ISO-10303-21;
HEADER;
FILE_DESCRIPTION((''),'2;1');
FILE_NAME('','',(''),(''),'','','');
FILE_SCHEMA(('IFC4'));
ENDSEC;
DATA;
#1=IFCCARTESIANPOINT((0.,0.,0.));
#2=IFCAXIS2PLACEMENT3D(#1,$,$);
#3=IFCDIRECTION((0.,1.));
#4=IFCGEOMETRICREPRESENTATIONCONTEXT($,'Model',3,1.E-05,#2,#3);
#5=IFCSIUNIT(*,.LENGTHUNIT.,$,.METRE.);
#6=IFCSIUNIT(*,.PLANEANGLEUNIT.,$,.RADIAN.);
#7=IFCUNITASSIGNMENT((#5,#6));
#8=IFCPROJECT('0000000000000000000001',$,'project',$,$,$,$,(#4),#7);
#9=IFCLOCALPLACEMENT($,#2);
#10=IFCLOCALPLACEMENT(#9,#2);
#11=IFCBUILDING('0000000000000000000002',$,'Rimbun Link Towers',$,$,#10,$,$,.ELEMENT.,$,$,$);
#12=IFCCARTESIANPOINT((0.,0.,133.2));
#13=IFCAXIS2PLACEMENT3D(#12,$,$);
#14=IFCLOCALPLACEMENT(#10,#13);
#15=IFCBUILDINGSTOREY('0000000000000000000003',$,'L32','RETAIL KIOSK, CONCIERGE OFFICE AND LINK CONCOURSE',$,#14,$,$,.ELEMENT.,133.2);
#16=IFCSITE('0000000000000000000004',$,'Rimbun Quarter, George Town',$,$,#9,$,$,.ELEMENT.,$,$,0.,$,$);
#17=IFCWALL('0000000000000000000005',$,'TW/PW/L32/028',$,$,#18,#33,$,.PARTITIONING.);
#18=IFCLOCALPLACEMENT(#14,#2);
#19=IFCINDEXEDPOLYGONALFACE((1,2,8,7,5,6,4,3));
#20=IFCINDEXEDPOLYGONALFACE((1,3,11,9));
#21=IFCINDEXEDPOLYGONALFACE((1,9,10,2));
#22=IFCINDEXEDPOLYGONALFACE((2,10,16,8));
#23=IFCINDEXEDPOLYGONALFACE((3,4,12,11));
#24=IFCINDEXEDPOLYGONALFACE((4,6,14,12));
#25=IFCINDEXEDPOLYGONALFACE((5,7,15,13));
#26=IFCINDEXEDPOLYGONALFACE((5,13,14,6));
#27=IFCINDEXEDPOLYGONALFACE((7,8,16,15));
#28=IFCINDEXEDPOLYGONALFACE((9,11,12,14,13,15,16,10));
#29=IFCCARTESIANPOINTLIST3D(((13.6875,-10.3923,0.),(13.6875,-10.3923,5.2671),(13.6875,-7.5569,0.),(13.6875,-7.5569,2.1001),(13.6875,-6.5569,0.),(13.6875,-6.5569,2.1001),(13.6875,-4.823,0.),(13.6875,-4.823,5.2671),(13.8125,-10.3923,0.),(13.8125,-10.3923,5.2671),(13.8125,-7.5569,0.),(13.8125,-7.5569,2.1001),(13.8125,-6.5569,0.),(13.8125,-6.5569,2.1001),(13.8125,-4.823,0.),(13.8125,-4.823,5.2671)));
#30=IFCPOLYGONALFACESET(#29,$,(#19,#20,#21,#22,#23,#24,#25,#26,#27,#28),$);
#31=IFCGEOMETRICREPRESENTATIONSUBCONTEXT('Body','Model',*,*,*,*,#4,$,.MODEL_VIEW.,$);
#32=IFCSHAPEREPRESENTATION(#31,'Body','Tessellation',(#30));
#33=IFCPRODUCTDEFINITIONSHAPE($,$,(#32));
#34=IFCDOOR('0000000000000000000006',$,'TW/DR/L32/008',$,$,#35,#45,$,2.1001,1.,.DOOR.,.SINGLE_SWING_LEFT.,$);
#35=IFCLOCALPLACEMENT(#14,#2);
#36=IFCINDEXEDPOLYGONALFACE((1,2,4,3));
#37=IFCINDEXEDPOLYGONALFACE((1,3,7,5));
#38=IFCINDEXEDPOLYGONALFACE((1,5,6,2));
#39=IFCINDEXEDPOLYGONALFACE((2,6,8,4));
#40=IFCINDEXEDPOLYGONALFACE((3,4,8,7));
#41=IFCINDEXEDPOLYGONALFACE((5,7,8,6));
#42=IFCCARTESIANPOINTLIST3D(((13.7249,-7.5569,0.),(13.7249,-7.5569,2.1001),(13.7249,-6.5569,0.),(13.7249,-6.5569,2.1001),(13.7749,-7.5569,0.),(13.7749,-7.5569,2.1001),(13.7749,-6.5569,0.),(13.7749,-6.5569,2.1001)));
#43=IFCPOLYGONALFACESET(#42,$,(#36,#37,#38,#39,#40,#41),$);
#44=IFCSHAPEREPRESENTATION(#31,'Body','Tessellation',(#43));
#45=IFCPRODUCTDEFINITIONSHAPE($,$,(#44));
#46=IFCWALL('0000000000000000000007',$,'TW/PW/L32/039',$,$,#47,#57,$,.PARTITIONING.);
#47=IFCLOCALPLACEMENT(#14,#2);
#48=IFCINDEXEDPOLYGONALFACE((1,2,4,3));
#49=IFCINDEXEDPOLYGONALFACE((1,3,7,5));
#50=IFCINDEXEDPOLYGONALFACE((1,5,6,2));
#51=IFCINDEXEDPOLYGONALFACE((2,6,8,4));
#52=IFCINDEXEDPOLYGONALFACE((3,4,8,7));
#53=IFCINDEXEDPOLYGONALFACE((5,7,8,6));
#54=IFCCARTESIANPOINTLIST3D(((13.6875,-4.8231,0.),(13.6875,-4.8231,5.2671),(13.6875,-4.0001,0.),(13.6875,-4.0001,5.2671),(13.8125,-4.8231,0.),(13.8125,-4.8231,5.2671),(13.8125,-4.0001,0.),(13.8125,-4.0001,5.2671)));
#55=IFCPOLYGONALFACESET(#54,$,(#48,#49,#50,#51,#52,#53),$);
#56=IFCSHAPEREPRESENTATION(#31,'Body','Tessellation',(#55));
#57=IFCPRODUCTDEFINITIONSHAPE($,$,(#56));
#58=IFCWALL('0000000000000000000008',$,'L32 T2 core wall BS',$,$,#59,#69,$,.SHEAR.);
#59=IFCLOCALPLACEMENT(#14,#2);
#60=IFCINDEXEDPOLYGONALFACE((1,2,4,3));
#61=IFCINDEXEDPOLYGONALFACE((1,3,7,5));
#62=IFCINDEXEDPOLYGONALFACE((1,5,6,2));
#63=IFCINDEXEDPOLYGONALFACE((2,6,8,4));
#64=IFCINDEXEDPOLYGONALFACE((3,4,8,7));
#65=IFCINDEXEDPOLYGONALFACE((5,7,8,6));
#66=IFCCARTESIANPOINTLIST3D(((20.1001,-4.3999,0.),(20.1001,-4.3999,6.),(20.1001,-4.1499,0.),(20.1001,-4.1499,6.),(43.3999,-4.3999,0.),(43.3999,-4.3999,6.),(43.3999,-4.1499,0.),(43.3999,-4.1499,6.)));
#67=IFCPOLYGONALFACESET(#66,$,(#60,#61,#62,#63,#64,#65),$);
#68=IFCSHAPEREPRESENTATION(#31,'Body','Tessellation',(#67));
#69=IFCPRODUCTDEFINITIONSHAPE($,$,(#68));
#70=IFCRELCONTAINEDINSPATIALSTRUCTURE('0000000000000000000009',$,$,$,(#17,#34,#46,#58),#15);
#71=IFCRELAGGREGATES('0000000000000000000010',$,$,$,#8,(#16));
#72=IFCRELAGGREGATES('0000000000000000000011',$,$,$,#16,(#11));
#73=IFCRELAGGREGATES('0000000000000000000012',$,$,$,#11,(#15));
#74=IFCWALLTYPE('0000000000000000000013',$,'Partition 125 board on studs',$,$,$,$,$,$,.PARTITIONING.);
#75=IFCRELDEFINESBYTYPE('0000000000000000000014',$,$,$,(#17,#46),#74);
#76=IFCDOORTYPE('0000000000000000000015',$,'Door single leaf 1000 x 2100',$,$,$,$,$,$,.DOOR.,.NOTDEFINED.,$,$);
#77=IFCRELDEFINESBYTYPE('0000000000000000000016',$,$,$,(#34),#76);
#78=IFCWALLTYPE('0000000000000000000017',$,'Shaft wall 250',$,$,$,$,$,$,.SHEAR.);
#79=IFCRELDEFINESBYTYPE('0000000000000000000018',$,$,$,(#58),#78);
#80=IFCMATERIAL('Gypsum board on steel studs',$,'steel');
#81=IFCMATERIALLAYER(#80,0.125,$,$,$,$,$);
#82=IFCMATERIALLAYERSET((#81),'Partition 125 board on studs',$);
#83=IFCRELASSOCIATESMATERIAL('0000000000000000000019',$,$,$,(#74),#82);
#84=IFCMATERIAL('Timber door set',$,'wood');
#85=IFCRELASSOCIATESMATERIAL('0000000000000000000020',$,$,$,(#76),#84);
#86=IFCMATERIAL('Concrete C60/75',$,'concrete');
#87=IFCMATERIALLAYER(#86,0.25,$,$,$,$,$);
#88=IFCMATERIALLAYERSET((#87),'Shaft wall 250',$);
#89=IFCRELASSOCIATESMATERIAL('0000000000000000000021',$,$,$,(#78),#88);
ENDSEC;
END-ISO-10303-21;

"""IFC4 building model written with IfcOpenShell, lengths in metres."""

from ifc_helpers import new_model, si_unit, direction, frame, frame_2d, origin, place, context, subcontext, project, spatial, rectangle, extrude, material, layer, layer_set, type_object, element, fill, save


model = new_model("IFC4")

# Units and contexts
model_context = context("Model", 3, precision=1e-05, world=origin(), true_north=direction((0.0, 1.0)))
body_context = subcontext(model_context, "Body", "Model", "MODEL_VIEW")
ifc_project = project(units=[si_unit("LENGTHUNIT", "METRE"), si_unit("PLANEANGLEUNIT", "RADIAN")], contexts=[model_context])

# Site, building, storey
site_placement = place(None, origin())
site = spatial("IfcSite", under=ifc_project, at=site_placement, Name="Rimbun Quarter, George Town", CompositionType="ELEMENT", RefElevation=0.0)
building_placement = place(site_placement, origin())
building = spatial("IfcBuilding", under=site, at=building_placement, Name="Rimbun Link Towers", CompositionType="ELEMENT")
storey_placement = place(building_placement, frame((0.0, 0.0, 133.2)))
storey = spatial("IfcBuildingStorey", under=building, at=storey_placement, Name="L32", Description="RETAIL KIOSK, CONCIERGE OFFICE AND LINK CONCOURSE", CompositionType="ELEMENT", Elevation=133.2)

# Wall, opening, door
ifc_material_1 = material(Name="Gypsum board on steel studs", Category="steel")
ifc_layer_1 = layer(ifc_material_1, 0.125)
ifc_layer_set_1 = layer_set([ifc_layer_1], Name="Partition 125 board on studs")
wall_type_1 = type_object("IfcWallType", Name="Partition 125 board on studs", PredefinedType="PARTITIONING", material=ifc_layer_set_1)
wall_1_placement = place(storey_placement, frame((13.75, -4.823, 0.0), z_axis=(0.0, 0.0, 1.0), x_axis=(0.0, -1.0, 0.0)))
wall_1 = element("IfcWall", 1, at=wall_1_placement, inside=storey, type_object=wall_type_1, Name="TW/PW/L32/028", PredefinedType="PARTITIONING", context=body_context, shape_type="SweptSolid", body=[
    extrude(rectangle(XDim=5.5693, YDim=0.125, at=frame_2d((2.7847, 0.0))), origin(), (0.0, 0.0, 1.0), 5.2671),
])
opening_1_placement = place(wall_1_placement, frame((1.7339, 0.0, 0.0)))
opening_1 = element("IfcOpeningElement", 2, at=opening_1_placement, cuts=wall_1, PredefinedType="OPENING", context=body_context, shape_type="SweptSolid", body=[
    extrude(rectangle(XDim=1.0, YDim=2.1001, at=frame_2d((0.5, 1.05))), frame((0.0, 0.0725, 0.0), z_axis=(0.0, -1.0, 0.0), x_axis=(1.0, 0.0, 0.0)), (0.0, 0.0, 1.0), 0.145),
])
ifc_material_2 = material(Name="Timber door set", Category="wood")
door_type_1 = type_object("IfcDoorType", Name="Door single leaf 1000 x 2100", OperationType="NOTDEFINED", PredefinedType="DOOR", material=ifc_material_2)
door_1_placement = place(opening_1_placement, origin())
door_1 = element("IfcDoor", 3, at=door_1_placement, inside=storey, type_object=door_type_1, Name="TW/DR/L32/008", OperationType="SINGLE_SWING_LEFT", OverallHeight=2.1001, OverallWidth=1.0, PredefinedType="DOOR", context=body_context, shape_type="SweptSolid", body=[
    extrude(rectangle(XDim=1.0, YDim=2.1001, at=frame_2d((0.5, 1.05))), frame((0.0, 0.0249, 0.0), z_axis=(0.0, -1.0, 0.0), x_axis=(1.0, 0.0, 0.0)), (0.0, 0.0, 1.0), 0.05),
])
fill(opening_1, door_1)

# Walls
wall_2_placement = place(storey_placement, frame((13.75, -4.0, 0.0), z_axis=(0.0, 0.0, 1.0), x_axis=(0.0, -1.0, 0.0)))
element("IfcWall", 4, at=wall_2_placement, inside=storey, type_object=wall_type_1, Name="TW/PW/L32/039", PredefinedType="PARTITIONING", context=body_context, shape_type="SweptSolid", body=[
    extrude(rectangle(XDim=0.823, YDim=0.125, at=frame_2d((0.4116, 0.0))), origin(), (0.0, 0.0, 1.0), 5.2671),
])
ifc_material_3 = material(Name="Concrete C60/75", Category="concrete")
ifc_layer_2 = layer(ifc_material_3, 0.25)
ifc_layer_set_2 = layer_set([ifc_layer_2], Name="Shaft wall 250")
wall_type_2 = type_object("IfcWallType", Name="Shaft wall 250", PredefinedType="SHEAR", material=ifc_layer_set_2)
wall_3_placement = place(storey_placement, frame((20.1001, -4.2749, 0.0), z_axis=(0.0, 0.0, 1.0), x_axis=(1.0, 0.0, 0.0)))
element("IfcWall", 5, at=wall_3_placement, inside=storey, type_object=wall_type_2, Name="L32 T2 core wall BS", PredefinedType="SHEAR", context=body_context, shape_type="SweptSolid", body=[
    extrude(rectangle(XDim=23.2998, YDim=0.25, at=frame_2d((11.6499, 0.0))), origin(), (0.0, 0.0, 1.0), 6.0),
])

save(model, "model.ifc")
